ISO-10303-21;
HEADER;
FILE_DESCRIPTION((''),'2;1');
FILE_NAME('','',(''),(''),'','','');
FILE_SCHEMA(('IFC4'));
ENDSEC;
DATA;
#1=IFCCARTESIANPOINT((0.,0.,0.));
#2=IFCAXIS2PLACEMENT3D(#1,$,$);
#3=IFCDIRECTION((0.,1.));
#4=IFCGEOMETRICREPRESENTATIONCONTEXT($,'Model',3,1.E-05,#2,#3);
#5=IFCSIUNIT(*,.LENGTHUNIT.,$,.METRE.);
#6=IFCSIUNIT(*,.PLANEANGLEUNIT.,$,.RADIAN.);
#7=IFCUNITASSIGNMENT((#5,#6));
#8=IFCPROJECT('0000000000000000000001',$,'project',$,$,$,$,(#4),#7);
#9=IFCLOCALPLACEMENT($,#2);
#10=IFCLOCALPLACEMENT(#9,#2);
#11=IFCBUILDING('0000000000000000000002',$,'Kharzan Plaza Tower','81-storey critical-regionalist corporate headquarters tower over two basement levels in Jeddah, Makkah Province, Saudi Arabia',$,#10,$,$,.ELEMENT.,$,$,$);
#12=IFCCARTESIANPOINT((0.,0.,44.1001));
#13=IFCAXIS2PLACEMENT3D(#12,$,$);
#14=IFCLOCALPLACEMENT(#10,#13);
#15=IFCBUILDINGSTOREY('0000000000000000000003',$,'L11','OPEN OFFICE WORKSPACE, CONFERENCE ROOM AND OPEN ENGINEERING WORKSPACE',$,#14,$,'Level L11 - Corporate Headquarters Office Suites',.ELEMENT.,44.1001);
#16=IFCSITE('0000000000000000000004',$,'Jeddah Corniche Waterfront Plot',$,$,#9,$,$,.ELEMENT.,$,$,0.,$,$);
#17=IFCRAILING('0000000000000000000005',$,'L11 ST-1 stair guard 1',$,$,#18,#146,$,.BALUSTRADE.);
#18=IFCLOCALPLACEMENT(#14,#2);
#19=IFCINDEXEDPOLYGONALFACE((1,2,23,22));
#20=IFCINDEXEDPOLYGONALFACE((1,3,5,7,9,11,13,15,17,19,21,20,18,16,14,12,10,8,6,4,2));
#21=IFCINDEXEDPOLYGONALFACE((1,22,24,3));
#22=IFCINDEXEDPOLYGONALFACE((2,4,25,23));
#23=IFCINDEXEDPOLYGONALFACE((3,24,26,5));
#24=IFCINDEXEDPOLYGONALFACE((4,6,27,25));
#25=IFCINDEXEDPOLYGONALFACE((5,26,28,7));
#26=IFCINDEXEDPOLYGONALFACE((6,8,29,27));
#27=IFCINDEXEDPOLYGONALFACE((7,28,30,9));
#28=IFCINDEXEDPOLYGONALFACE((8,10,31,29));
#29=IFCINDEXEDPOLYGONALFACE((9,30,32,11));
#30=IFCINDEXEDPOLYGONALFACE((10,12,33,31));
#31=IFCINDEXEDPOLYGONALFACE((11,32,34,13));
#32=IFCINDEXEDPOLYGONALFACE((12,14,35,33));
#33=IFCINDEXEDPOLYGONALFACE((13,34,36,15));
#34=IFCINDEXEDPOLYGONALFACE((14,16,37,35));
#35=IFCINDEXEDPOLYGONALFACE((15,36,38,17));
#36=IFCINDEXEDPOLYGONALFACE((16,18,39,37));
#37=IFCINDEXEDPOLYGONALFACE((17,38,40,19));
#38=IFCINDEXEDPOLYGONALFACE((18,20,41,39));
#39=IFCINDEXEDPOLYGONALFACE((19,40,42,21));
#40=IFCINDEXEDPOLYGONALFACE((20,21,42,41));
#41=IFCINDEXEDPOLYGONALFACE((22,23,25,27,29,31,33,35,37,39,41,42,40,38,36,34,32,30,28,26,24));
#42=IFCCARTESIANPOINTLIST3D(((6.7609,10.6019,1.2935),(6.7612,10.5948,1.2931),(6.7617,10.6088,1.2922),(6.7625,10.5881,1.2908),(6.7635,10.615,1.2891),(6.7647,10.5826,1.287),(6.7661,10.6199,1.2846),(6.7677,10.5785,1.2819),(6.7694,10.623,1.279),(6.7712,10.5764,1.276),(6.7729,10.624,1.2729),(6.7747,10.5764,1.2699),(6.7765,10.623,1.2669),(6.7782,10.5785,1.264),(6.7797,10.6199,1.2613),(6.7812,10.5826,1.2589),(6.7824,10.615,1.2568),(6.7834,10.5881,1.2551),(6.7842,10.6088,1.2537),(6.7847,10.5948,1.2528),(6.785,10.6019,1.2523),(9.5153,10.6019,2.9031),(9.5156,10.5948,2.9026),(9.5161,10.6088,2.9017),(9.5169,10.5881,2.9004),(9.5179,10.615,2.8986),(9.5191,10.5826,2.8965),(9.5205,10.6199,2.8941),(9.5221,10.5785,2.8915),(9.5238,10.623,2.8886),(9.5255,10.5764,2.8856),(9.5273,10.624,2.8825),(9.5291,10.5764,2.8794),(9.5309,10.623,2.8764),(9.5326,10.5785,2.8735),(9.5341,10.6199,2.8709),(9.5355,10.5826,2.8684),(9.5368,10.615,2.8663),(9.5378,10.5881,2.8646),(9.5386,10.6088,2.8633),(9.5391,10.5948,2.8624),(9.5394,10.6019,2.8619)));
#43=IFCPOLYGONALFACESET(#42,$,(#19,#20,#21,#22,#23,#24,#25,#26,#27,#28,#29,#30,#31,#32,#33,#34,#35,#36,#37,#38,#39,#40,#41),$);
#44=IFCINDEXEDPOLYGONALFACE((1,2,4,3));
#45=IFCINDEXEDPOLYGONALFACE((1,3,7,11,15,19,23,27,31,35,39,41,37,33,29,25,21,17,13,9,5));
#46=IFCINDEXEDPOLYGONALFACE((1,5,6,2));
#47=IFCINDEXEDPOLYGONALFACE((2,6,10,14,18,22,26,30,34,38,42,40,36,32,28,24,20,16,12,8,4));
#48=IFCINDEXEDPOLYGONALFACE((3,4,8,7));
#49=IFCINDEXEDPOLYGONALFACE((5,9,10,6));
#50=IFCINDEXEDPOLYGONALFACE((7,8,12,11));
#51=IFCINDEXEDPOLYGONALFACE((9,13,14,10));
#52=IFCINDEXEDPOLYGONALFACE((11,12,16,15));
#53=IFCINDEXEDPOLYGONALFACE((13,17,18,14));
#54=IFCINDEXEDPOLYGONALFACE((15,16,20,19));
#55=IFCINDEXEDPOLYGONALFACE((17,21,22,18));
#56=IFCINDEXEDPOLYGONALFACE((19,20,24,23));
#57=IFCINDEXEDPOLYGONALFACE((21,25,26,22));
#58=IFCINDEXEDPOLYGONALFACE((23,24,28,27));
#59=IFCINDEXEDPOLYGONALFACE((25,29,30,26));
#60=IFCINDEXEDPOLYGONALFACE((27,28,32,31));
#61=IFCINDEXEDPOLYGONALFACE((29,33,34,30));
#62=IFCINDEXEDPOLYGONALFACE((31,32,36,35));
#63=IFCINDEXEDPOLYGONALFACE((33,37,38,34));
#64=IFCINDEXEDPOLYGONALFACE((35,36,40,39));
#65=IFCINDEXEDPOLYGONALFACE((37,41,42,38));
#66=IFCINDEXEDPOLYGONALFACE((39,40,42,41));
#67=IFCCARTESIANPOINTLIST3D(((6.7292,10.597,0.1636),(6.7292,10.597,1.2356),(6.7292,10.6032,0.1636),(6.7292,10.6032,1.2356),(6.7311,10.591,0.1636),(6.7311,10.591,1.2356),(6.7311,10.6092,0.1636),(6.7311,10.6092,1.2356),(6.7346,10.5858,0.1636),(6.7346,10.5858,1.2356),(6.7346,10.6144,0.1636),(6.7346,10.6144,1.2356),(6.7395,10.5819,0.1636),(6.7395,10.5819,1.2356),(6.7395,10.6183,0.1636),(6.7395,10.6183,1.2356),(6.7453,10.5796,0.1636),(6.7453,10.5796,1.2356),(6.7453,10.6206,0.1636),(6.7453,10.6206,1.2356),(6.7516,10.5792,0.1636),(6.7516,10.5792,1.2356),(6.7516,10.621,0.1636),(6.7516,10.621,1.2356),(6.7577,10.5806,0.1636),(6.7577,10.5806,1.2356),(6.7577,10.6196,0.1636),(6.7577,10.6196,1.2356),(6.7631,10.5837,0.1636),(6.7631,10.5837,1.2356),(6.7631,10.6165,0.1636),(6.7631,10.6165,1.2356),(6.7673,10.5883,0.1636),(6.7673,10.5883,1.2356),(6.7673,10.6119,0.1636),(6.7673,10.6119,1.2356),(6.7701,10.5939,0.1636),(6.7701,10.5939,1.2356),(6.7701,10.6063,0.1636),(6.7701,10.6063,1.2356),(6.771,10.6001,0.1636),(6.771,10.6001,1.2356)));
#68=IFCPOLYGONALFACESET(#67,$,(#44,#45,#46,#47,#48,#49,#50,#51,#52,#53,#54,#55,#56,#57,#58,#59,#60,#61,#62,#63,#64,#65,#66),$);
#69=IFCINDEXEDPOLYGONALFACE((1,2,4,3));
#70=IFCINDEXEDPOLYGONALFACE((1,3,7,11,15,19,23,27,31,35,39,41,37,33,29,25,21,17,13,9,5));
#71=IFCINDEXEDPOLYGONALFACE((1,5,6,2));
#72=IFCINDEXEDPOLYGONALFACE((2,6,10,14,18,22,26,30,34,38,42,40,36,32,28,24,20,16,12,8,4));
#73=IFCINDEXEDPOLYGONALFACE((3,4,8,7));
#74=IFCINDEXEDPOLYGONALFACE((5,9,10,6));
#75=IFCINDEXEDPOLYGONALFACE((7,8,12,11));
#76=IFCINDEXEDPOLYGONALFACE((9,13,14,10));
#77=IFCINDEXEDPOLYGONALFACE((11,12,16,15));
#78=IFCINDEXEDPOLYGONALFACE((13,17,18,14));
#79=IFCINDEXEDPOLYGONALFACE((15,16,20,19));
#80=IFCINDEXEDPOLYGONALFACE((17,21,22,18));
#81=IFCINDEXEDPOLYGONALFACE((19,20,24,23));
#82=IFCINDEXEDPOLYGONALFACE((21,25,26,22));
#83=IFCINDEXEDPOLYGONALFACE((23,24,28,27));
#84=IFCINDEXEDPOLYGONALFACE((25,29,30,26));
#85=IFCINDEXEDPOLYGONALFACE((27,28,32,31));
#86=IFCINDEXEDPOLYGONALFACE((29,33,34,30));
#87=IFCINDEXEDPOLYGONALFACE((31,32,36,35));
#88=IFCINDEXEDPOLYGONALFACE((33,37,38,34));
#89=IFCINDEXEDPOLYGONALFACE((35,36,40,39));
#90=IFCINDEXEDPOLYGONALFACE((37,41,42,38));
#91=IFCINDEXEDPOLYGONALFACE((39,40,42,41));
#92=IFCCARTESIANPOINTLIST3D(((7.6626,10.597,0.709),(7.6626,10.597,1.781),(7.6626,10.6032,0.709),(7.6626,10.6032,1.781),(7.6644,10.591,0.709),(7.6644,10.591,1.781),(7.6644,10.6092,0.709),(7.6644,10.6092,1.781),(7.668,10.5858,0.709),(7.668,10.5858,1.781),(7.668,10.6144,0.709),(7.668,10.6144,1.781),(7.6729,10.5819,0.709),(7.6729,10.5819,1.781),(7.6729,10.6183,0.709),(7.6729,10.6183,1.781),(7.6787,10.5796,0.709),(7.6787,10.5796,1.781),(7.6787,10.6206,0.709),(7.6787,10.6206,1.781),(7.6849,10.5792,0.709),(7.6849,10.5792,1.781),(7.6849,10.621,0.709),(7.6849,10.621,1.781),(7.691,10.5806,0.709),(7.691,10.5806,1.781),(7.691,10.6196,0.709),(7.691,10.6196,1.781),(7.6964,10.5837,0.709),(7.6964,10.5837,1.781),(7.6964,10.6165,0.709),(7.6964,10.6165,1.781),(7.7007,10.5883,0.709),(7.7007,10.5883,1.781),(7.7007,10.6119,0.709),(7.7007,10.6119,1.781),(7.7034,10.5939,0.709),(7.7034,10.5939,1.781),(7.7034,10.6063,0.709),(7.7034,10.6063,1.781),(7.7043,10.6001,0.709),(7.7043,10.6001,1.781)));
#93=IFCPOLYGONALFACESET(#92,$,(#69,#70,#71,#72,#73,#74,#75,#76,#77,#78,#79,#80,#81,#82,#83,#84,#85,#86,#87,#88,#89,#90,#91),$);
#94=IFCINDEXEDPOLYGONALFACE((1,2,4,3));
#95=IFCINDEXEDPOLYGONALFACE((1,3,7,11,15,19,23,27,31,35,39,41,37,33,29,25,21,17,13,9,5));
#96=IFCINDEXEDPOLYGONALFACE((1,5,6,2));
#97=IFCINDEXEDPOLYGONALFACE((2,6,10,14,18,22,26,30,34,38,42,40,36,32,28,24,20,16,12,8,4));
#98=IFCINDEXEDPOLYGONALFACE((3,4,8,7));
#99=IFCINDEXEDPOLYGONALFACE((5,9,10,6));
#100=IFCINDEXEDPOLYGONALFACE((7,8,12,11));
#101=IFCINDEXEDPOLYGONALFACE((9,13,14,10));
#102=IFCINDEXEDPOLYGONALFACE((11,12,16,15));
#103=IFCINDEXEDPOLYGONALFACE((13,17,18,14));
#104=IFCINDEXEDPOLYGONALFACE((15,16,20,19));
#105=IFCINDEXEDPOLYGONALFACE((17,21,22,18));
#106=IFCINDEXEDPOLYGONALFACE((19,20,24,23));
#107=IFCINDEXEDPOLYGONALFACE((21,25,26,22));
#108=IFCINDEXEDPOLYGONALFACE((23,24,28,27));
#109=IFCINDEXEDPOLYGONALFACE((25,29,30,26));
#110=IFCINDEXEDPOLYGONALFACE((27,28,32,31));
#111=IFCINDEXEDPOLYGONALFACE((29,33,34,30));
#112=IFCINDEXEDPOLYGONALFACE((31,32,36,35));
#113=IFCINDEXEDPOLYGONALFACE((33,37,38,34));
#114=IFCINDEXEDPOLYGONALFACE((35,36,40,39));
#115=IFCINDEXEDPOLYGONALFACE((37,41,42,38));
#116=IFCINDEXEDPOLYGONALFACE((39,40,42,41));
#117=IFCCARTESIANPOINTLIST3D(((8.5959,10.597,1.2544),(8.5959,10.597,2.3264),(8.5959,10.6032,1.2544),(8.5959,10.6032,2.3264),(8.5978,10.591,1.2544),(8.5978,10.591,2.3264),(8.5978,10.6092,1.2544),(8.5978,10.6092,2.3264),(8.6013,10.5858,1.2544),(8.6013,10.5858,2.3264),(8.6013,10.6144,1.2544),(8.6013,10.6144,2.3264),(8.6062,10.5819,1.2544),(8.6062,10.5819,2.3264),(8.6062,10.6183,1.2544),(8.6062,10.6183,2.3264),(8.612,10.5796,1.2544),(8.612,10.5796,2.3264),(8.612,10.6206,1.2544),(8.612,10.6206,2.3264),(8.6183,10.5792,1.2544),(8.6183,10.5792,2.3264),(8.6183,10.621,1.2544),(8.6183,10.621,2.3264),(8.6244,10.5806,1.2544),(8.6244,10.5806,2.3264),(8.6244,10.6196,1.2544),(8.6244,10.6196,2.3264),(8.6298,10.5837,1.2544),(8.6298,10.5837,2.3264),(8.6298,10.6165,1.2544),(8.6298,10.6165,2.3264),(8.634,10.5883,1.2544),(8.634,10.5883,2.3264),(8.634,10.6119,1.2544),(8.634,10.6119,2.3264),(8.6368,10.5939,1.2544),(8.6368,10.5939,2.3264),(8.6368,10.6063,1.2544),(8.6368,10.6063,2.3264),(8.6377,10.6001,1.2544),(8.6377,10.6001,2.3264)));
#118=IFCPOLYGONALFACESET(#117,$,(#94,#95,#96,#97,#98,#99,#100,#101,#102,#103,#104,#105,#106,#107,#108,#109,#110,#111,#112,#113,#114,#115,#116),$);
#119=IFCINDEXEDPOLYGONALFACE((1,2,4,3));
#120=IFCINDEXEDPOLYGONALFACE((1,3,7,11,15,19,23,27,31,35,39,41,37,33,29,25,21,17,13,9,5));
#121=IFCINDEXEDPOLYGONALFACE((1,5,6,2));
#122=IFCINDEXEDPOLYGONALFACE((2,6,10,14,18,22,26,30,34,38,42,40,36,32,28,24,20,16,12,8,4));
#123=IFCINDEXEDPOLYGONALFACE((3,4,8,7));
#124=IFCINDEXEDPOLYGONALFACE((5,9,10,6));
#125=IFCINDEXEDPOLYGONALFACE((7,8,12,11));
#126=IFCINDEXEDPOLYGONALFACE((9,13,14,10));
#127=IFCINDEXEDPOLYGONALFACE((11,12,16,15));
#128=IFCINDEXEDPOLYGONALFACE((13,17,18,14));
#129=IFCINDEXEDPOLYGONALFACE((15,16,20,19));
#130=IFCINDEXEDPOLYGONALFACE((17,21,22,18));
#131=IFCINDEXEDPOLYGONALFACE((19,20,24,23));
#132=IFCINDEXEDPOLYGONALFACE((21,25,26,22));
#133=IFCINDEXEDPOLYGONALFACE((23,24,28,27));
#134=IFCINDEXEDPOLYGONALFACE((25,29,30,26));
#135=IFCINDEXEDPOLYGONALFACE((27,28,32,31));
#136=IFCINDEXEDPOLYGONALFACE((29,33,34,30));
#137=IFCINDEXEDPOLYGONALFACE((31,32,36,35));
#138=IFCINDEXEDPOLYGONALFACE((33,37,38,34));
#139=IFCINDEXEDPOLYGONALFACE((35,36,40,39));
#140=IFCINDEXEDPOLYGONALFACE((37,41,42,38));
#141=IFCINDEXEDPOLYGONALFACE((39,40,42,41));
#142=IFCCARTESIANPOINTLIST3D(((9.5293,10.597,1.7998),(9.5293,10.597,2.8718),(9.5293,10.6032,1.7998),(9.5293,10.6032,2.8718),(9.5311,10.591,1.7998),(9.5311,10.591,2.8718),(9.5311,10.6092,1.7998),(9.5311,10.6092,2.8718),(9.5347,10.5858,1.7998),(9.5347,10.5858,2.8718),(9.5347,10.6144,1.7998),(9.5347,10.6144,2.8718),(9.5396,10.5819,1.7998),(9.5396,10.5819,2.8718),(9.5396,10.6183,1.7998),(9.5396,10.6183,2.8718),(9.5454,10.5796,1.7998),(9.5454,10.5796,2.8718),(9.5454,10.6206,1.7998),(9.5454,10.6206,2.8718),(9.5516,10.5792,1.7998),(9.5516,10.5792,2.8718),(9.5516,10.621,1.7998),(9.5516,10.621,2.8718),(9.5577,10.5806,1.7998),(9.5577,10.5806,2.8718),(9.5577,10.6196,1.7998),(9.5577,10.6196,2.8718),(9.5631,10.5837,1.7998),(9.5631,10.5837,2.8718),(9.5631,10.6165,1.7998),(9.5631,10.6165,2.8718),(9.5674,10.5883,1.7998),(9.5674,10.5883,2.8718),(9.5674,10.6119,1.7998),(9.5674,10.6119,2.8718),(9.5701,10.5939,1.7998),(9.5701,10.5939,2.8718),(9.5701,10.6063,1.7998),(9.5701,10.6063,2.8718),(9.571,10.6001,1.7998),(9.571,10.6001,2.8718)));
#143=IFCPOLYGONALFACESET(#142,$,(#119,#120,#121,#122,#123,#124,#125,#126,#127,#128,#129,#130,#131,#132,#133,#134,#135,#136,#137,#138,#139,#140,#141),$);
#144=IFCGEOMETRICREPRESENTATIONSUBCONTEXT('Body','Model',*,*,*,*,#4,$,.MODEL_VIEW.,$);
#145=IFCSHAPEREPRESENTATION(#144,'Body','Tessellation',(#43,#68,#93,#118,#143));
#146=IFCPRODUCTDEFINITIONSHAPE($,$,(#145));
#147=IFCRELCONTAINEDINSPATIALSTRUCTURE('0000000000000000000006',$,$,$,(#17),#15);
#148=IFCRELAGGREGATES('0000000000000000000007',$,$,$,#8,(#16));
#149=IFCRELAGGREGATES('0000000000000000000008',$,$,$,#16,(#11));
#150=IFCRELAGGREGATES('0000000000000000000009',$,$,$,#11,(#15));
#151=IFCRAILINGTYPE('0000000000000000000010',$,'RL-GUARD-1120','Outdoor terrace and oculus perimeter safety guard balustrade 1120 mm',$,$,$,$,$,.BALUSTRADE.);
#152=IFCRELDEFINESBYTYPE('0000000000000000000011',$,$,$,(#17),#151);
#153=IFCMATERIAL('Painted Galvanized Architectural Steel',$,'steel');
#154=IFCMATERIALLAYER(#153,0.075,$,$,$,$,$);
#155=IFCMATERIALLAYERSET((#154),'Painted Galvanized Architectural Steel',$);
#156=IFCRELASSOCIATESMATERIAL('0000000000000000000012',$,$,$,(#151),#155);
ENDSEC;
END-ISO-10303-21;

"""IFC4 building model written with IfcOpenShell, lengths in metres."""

from ifc_helpers import new_model, si_unit, direction, frame, origin, origin_2d, place, context, subcontext, project, spatial, circle, extrude, source, transform, mapped, material, layer, layer_set, type_object, element, save


model = new_model("IFC4")

# Units and contexts
model_context = context("Model", 3, precision=1e-05, world=origin(), true_north=direction((0.0, 1.0)))
body_context = subcontext(model_context, "Body", "Model", "MODEL_VIEW")
ifc_project = project(units=[si_unit("LENGTHUNIT", "METRE"), si_unit("PLANEANGLEUNIT", "RADIAN")], contexts=[model_context])

# Site, building, storey
site_placement = place(None, origin())
site = spatial("IfcSite", under=ifc_project, at=site_placement, Name="Jeddah Corniche Waterfront Plot", CompositionType="ELEMENT", RefElevation=0.0)
building_placement = place(site_placement, origin())
building = spatial("IfcBuilding", under=site, at=building_placement, Name="Kharzan Plaza Tower", Description="81-storey critical-regionalist corporate headquarters tower over two basement levels in Jeddah, Makkah Province, Saudi Arabia", CompositionType="ELEMENT")
storey_placement = place(building_placement, frame((0.0, 0.0, 44.1001)))
storey = spatial("IfcBuildingStorey", under=building, at=storey_placement, Name="L11", Description="OPEN OFFICE WORKSPACE, CONFERENCE ROOM AND OPEN ENGINEERING WORKSPACE", LongName="Level L11 - Corporate Headquarters Office Suites", CompositionType="ELEMENT", Elevation=44.1001)

# Railing
ifc_material_1 = material(Name="Painted Galvanized Architectural Steel", Category="steel")
ifc_layer_1 = layer(ifc_material_1, 0.075)
ifc_layer_set_1 = layer_set([ifc_layer_1], Name="Painted Galvanized Architectural Steel")
railing_type_1 = type_object("IfcRailingType", Name="RL-GUARD-1120", Description="Outdoor terrace and oculus perimeter safety guard balustrade 1120 mm", PredefinedType="BALUSTRADE", material=ifc_layer_set_1)
shared_shape_1 = source(origin(), body_context, "Body", "SweptSolid", [
    extrude(circle(Radius=0.0239, at=origin_2d()), frame((0.0229, 0.0, 1.1094), z_axis=(0.863394, 0.0, 0.504531), x_axis=(0.0, 1.0, 0.0)), (0.0, 0.0, 1.0), 3.1902),
    extrude(circle(Radius=0.021, at=origin_2d()), origin(), (0.0, 0.0, 1.0), 1.072),
    extrude(circle(Radius=0.021, at=origin_2d()), frame((0.9333, 0.0, 0.5454)), (0.0, 0.0, 1.0), 1.072),
    extrude(circle(Radius=0.021, at=origin_2d()), frame((1.8667, 0.0, 1.0908)), (0.0, 0.0, 1.0), 1.072),
    extrude(circle(Radius=0.021, at=origin_2d()), frame((2.8, 0.0, 1.6362)), (0.0, 0.0, 1.0), 1.072),
])
railing_1_placement = place(storey_placement, frame((6.75, 10.6001, 0.1636)))
element("IfcRailing", 1, at=railing_1_placement, inside=storey, type_object=railing_type_1, Name="L11 ST-1 stair guard 1", PredefinedType="BALUSTRADE", context=body_context, shape_type="MappedRepresentation", body=[
    mapped(shared_shape_1, transform((0.0, 0.0, 0.0), x_axis=(1.0, 0.0, 0.0), y_axis=(0.0, 1.0, 0.0), z_axis=(0.0, 0.0, 1.0))),
])

save(model, "model.ifc")
